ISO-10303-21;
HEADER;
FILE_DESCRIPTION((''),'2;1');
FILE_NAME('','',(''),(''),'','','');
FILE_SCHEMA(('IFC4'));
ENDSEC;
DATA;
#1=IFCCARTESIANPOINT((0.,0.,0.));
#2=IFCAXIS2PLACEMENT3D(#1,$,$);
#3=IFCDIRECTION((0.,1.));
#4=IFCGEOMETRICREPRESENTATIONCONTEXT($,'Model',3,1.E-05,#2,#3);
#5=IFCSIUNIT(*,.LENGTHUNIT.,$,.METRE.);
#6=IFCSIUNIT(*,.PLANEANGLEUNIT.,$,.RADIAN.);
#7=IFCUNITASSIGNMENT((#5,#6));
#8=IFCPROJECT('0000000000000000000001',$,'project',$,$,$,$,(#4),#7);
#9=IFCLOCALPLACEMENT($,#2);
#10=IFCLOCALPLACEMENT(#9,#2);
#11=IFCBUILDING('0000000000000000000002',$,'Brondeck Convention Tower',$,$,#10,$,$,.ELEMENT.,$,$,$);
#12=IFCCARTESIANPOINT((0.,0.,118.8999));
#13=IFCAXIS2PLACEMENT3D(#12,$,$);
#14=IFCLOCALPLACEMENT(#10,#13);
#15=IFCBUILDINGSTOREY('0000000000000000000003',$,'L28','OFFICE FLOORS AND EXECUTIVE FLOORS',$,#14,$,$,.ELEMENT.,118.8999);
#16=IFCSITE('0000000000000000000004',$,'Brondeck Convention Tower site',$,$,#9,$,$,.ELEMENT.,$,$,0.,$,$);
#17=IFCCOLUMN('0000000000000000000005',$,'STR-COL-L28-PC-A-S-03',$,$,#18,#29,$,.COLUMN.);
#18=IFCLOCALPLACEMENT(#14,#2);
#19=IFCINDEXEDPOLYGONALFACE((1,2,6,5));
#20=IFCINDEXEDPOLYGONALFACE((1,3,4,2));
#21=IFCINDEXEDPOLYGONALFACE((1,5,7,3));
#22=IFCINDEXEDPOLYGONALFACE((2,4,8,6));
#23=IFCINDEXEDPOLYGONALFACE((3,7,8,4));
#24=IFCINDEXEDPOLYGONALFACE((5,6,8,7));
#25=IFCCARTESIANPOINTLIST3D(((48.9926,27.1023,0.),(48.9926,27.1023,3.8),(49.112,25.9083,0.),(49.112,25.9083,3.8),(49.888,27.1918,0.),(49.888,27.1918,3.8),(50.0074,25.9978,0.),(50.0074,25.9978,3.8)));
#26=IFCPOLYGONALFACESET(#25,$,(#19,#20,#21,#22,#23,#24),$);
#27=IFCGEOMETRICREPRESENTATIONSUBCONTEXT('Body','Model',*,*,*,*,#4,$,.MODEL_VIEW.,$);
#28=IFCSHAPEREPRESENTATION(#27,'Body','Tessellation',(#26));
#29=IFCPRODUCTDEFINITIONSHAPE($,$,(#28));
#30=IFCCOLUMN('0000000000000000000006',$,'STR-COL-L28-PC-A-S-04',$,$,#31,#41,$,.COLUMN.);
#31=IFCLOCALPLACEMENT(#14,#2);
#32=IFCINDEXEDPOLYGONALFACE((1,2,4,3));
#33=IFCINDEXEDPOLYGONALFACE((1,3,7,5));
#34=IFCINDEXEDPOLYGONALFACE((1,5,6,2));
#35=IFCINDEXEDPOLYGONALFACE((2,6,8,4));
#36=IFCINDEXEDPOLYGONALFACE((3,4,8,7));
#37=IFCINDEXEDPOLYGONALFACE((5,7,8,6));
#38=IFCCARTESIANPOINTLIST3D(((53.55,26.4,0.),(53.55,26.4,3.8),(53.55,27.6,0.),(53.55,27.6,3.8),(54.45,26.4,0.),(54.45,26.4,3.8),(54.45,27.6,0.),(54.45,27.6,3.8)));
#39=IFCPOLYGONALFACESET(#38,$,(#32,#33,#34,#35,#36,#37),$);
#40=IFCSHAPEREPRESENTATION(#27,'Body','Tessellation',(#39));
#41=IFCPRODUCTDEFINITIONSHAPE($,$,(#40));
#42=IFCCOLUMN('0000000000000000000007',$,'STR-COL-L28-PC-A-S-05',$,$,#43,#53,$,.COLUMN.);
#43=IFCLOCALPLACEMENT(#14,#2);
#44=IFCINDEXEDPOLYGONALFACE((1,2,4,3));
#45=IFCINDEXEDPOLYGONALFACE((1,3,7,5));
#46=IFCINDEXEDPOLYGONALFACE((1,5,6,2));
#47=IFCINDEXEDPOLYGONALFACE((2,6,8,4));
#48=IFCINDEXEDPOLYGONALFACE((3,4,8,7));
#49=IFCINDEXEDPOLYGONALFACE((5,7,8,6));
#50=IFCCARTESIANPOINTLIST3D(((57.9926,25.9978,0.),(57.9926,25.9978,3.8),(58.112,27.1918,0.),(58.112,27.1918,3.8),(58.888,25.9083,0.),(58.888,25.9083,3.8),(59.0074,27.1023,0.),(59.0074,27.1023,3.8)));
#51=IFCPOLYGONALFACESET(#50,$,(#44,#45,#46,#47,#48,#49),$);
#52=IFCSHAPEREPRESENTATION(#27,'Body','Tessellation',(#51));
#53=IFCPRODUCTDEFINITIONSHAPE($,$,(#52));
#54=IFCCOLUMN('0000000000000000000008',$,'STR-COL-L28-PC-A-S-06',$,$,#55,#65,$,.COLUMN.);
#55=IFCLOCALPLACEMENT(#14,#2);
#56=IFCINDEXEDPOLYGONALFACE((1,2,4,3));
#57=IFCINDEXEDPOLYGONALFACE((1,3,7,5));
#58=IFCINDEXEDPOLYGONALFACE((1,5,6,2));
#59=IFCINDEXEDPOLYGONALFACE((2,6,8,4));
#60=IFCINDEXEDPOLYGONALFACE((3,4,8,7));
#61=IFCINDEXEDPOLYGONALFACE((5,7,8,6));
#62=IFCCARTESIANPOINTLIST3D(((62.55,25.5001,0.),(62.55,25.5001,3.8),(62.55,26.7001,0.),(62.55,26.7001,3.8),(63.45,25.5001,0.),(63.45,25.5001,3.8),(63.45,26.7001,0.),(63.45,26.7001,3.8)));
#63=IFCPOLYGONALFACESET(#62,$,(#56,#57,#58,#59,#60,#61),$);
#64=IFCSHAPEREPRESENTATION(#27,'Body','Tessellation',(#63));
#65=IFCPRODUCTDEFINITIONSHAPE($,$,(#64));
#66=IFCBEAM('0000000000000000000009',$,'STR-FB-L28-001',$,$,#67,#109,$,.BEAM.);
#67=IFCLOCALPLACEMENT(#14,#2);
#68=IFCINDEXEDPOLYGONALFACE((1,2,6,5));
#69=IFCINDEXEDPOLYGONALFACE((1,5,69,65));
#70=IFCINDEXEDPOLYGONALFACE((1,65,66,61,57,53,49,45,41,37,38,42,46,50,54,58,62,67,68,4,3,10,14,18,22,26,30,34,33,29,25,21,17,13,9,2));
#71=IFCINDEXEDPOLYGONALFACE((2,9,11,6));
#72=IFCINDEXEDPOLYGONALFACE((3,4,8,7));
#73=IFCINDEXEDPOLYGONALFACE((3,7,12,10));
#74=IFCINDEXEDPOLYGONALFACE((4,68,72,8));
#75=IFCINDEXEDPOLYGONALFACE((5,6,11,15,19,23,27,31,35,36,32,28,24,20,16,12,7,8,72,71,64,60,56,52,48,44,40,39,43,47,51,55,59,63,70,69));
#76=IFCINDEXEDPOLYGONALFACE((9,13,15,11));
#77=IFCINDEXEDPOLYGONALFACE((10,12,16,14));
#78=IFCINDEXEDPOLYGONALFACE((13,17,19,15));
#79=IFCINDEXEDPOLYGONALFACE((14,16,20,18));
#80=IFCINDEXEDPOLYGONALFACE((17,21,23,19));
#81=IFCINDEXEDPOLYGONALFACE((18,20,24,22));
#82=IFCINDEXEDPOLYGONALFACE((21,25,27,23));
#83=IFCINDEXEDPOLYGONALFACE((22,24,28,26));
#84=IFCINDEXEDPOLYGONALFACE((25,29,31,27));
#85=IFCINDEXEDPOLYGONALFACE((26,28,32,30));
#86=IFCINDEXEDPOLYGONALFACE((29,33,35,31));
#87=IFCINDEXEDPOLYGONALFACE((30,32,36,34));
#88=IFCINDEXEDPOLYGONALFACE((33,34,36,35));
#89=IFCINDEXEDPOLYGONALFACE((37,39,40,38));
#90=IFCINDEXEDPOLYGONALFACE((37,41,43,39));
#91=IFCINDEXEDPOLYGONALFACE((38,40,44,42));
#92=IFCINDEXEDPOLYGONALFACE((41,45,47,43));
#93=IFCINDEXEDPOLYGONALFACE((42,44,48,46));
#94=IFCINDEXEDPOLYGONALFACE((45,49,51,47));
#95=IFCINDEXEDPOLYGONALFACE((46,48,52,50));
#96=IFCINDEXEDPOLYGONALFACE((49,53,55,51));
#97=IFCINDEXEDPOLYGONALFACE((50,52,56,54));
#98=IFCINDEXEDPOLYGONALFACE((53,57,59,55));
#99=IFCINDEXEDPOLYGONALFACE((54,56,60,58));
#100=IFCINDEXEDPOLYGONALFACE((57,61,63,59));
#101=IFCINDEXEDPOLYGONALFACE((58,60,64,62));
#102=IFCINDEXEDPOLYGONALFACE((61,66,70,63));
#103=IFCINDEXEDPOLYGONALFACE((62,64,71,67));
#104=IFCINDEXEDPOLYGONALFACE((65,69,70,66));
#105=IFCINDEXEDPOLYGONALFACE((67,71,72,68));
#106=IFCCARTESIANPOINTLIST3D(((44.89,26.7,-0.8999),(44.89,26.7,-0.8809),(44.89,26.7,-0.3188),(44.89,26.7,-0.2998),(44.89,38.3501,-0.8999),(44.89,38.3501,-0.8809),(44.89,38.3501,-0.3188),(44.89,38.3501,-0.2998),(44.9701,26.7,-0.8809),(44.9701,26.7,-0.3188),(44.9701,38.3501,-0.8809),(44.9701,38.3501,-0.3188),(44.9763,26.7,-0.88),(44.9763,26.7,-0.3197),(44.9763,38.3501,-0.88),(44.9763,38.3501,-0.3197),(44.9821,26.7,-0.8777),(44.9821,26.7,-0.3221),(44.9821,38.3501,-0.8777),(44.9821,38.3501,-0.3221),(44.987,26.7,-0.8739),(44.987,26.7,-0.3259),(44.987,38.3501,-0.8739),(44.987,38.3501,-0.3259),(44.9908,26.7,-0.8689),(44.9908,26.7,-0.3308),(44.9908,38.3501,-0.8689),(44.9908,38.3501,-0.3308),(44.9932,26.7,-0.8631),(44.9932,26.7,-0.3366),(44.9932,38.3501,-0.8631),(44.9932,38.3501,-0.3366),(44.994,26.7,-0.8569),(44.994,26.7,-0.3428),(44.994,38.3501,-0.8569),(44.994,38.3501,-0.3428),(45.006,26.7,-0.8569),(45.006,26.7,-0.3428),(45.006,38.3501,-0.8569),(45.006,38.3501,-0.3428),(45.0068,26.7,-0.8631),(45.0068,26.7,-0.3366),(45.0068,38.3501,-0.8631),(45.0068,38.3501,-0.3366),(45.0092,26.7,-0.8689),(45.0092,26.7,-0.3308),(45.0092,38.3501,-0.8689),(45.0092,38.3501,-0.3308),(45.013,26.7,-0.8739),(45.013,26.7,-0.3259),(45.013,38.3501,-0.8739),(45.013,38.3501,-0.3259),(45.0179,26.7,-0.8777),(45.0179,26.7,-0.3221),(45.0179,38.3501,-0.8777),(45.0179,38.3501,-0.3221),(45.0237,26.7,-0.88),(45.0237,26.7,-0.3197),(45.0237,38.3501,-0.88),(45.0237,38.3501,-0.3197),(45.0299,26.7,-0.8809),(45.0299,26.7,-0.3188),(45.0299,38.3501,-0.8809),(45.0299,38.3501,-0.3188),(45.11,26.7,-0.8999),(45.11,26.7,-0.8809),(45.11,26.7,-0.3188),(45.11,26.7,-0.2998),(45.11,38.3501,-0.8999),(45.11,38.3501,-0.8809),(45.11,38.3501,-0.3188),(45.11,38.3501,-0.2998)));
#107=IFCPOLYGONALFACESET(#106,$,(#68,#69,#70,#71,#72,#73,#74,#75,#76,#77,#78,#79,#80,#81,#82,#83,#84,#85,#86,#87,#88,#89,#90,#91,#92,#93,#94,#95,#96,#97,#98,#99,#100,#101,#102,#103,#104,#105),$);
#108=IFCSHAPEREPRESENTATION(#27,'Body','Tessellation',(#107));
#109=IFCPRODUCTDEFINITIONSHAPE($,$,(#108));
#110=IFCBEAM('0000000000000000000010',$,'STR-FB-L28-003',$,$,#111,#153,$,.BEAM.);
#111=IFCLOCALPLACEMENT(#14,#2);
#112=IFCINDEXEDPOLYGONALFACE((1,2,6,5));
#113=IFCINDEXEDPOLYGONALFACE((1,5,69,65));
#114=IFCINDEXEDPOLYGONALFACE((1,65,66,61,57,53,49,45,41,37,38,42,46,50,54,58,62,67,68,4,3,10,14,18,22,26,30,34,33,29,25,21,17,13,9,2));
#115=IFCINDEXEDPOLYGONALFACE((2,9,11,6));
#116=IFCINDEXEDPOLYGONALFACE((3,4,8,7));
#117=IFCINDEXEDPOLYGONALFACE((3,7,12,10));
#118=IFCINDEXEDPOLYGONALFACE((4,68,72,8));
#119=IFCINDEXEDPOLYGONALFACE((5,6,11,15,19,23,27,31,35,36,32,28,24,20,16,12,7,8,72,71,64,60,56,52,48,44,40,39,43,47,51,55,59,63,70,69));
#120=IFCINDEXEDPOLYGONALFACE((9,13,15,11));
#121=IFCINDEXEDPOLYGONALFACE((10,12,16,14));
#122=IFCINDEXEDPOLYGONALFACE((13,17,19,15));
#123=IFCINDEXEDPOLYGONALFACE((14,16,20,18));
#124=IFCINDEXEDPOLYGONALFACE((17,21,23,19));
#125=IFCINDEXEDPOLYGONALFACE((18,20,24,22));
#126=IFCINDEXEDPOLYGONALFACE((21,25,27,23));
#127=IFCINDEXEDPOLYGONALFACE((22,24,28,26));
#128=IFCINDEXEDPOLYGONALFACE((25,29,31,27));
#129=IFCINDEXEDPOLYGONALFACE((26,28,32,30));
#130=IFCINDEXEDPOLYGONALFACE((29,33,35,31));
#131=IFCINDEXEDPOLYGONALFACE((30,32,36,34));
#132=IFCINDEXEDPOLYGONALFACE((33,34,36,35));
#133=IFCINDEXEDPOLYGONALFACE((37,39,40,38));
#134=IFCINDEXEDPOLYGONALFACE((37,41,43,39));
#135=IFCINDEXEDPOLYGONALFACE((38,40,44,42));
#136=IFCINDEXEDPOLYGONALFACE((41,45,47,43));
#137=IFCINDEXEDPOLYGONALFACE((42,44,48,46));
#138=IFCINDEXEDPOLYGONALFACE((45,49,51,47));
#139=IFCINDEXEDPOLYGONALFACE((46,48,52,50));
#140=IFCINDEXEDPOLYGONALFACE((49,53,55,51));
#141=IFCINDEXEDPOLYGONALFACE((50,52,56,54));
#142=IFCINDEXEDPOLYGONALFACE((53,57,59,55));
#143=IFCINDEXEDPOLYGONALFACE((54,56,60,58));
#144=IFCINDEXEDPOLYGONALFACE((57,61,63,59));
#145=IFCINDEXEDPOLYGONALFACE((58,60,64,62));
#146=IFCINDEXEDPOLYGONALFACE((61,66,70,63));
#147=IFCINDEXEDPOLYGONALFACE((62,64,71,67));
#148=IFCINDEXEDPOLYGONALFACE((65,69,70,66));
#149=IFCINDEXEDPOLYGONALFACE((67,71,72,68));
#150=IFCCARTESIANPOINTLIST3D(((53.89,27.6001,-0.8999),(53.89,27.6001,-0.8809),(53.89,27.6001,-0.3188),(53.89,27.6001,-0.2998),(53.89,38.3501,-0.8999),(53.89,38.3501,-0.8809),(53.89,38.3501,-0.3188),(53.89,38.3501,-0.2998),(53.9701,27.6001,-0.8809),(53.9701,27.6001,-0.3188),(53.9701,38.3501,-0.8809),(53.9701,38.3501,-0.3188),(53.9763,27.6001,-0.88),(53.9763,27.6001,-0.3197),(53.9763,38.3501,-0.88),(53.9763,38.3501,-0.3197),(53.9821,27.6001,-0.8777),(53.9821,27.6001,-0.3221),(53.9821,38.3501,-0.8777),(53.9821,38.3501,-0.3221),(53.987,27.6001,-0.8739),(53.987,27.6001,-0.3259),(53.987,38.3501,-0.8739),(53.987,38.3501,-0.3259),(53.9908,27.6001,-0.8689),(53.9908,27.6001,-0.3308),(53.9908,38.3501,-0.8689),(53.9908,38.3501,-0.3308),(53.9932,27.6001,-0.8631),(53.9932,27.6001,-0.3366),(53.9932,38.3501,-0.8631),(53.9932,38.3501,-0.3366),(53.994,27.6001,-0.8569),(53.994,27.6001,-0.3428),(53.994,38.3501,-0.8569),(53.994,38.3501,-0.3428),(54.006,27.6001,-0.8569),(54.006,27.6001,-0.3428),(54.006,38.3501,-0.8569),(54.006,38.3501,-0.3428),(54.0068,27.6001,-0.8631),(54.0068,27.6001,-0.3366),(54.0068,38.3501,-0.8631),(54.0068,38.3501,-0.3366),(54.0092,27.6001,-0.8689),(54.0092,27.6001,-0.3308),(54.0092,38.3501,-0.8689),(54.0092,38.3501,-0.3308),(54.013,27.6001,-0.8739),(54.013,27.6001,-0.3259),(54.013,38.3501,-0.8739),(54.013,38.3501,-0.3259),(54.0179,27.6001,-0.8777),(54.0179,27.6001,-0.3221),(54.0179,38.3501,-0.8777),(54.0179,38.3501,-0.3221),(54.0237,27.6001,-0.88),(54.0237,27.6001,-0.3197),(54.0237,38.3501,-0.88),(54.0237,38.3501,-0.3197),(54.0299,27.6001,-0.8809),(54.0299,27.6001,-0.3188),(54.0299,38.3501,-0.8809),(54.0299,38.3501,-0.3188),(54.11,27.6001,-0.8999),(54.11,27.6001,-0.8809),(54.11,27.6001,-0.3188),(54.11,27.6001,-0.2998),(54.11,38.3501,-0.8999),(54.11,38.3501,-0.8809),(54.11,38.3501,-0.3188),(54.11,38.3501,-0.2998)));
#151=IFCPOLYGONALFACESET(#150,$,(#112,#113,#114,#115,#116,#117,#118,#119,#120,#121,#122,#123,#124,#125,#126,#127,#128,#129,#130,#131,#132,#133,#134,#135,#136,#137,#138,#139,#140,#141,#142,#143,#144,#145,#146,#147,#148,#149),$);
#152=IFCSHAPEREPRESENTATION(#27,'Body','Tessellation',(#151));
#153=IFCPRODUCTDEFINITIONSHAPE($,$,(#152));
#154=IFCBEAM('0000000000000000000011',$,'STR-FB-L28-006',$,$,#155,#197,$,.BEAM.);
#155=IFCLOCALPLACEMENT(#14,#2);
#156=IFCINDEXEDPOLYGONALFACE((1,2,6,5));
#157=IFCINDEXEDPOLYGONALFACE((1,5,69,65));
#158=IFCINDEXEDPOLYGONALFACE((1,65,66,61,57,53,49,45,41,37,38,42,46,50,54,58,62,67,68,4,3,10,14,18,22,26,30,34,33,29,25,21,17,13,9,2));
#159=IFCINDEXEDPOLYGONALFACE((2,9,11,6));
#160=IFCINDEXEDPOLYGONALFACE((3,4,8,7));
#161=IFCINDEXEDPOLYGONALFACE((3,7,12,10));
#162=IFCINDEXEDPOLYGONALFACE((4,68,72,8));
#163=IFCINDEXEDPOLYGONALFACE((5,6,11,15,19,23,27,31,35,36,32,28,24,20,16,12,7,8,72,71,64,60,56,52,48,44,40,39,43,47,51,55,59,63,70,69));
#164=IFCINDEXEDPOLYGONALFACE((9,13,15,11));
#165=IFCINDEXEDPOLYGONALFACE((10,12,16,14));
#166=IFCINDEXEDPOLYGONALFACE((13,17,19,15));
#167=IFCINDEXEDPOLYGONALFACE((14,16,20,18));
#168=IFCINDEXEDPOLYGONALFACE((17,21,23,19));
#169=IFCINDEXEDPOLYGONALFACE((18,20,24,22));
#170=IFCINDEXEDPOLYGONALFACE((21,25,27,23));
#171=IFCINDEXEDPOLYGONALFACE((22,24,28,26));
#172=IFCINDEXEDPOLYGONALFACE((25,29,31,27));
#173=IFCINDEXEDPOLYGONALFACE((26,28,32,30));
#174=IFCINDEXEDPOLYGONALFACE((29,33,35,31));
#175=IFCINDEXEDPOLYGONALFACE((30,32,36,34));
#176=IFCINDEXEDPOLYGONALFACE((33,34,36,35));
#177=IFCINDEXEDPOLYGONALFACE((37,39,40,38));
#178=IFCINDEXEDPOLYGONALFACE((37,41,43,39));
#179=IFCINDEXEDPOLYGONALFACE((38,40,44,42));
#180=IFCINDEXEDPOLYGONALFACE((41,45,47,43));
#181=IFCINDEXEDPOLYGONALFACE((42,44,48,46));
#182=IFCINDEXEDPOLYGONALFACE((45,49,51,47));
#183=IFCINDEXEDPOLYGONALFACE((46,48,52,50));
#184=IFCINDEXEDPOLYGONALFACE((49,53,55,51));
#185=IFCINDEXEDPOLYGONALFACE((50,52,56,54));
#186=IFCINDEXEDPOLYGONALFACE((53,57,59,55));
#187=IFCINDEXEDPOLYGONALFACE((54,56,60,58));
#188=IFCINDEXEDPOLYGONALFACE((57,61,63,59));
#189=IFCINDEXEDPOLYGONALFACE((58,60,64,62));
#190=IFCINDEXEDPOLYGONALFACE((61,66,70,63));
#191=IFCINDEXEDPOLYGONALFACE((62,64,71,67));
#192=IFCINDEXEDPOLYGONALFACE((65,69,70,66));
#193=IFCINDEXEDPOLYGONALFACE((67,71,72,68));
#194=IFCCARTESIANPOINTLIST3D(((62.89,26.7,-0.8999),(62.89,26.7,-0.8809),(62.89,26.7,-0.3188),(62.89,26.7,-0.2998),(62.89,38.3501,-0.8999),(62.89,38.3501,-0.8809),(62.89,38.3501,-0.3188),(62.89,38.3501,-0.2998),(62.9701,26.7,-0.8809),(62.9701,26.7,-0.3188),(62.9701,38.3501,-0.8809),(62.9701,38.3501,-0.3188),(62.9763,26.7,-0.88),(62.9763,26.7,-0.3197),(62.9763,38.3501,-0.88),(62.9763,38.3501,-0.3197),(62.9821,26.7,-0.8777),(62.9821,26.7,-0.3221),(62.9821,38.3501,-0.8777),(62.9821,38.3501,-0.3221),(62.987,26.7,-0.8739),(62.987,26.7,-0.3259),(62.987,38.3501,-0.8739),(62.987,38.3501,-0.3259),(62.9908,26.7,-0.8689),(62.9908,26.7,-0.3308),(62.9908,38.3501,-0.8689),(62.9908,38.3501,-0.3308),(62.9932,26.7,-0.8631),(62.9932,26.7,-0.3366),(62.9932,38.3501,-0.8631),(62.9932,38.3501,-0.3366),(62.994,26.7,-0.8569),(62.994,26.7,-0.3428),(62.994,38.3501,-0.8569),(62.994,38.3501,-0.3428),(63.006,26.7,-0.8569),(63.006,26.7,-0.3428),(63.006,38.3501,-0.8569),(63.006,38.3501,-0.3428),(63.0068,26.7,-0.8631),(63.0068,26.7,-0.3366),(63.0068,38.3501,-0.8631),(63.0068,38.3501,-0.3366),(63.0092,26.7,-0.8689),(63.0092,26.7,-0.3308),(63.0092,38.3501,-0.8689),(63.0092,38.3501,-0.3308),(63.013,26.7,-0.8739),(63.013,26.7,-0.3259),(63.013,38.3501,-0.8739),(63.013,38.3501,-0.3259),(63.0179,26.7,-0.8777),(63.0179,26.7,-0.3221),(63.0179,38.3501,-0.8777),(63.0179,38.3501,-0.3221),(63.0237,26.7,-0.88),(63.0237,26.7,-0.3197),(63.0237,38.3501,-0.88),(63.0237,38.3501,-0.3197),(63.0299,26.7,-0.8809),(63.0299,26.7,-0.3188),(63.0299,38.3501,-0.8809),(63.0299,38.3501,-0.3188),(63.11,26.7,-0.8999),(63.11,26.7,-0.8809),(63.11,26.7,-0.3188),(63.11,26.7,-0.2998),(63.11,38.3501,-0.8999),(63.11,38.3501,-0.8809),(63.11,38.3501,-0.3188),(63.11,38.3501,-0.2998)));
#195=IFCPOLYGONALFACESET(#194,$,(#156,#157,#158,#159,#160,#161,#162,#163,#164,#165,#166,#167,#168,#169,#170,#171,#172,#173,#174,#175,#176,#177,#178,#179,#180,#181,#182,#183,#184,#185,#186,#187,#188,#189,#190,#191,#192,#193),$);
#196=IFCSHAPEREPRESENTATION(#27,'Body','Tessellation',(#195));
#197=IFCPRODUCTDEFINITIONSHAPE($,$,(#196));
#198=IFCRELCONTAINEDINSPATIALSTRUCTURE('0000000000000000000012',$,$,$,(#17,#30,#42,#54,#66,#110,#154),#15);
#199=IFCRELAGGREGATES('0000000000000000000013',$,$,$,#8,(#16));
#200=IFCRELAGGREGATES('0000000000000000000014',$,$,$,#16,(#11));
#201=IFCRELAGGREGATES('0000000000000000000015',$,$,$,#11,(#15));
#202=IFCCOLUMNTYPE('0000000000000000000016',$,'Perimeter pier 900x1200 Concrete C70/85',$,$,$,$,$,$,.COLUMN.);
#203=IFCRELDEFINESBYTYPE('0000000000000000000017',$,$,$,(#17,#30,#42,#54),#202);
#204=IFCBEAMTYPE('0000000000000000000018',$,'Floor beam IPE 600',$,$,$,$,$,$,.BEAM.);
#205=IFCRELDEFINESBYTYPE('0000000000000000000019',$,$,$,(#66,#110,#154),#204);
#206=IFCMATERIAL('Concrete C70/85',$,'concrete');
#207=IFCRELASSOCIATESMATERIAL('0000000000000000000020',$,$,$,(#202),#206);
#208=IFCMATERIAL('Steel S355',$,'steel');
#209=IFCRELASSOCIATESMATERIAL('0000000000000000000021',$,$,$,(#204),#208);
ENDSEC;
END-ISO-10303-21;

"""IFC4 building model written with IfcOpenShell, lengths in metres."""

from ifc_helpers import new_model, si_unit, direction, frame, origin, origin_2d, place, context, subcontext, project, spatial, rectangle, i_section, extrude, material, material_profile, profile_set, type_object, element, save


model = new_model("IFC4")

# Units and contexts
model_context = context("Model", 3, precision=1e-05, world=origin(), true_north=direction((0.0, 1.0)))
body_context = subcontext(model_context, "Body", "Model", "MODEL_VIEW")
ifc_project = project(units=[si_unit("LENGTHUNIT", "METRE"), si_unit("PLANEANGLEUNIT", "RADIAN")], contexts=[model_context])

# Site, building, storey
site_placement = place(None, origin())
site = spatial("IfcSite", under=ifc_project, at=site_placement, Name="Brondeck Convention Tower site", CompositionType="ELEMENT", RefElevation=0.0)
building_placement = place(site_placement, origin())
building = spatial("IfcBuilding", under=site, at=building_placement, Name="Brondeck Convention Tower", CompositionType="ELEMENT")
storey_placement = place(building_placement, frame((0.0, 0.0, 118.8999)))
storey = spatial("IfcBuildingStorey", under=building, at=storey_placement, Name="L28", Description="OFFICE FLOORS AND EXECUTIVE FLOORS", CompositionType="ELEMENT", Elevation=118.8999)

# Columns
ifc_material_1 = material(Name="Concrete C70/85", Category="concrete")
ifc_material_profile_1 = material_profile(ifc_material_1, rectangle(XDim=0.8999, YDim=1.2, at=origin_2d()), Name="Perimeter pier 900x1200 Concrete C70/85")
ifc_profile_set_1 = profile_set([ifc_material_profile_1], Name="Concrete C70/85")
column_type = type_object("IfcColumnType", Name="Perimeter pier 900x1200 Concrete C70/85", PredefinedType="COLUMN", material=ifc_profile_set_1)
for number, where, z_axis, x_axis, name in (
    (1, (49.5, 26.55, 0.0), (0.0, 0.0, 1.0), (0.995037, 0.099504, 0.0), "STR-COL-L28-PC-A-S-03"),
    (2, (54.0, 27.0, 0.0), (0.0, 0.0, 1.0), (1.0, 0.0, 0.0), "STR-COL-L28-PC-A-S-04"),
    (3, (58.5, 26.55, 0.0), (0.0, 0.0, 1.0), (0.995037, -0.099504, 0.0), "STR-COL-L28-PC-A-S-05"),
    (4, (63.0, 26.1001, 0.0), (0.0, 0.0, 1.0), (1.0, 0.0, 0.0), "STR-COL-L28-PC-A-S-06"),
):
    element("IfcColumn", number, at=place(storey_placement, frame(where, z_axis=z_axis, x_axis=x_axis)), inside=storey, type_object=column_type, Name=name, PredefinedType="COLUMN", context=body_context, shape_type="SweptSolid", body=[
        extrude(rectangle(XDim=0.8999, YDim=1.2, at=origin_2d()), origin(), (0.0, 0.0, 1.0), 3.8),
    ])

# Beams
ifc_material_2 = material(Name="Steel S355", Category="steel")
ifc_material_profile_2 = material_profile(ifc_material_2, i_section(OverallWidth=0.22, OverallDepth=0.6001, WebThickness=0.012, FlangeThickness=0.019, FilletRadius=0.0239, at=origin_2d()), Name="IPE 600")
ifc_profile_set_2 = profile_set([ifc_material_profile_2], Name="Steel S355")
beam_type_1 = type_object("IfcBeamType", Name="Floor beam IPE 600", PredefinedType="BEAM", material=ifc_profile_set_2)
beam_1_placement = place(storey_placement, frame((45.0, 26.7, -0.5999), z_axis=(0.0, 1.0, 0.0), x_axis=(-1.0, 0.0, 0.0)))
element("IfcBeam", 5, at=beam_1_placement, inside=storey, type_object=beam_type_1, Name="STR-FB-L28-001", PredefinedType="BEAM", context=body_context, shape_type="SweptSolid", body=[
    extrude(i_section(OverallWidth=0.22, OverallDepth=0.6001, WebThickness=0.012, FlangeThickness=0.019, FilletRadius=0.0239, at=origin_2d()), origin(), (0.0, 0.0, 1.0), 11.6501),
])
beam_2_placement = place(storey_placement, frame((54.0, 27.6001, -0.5999), z_axis=(0.0, 1.0, 0.0), x_axis=(-1.0, 0.0, 0.0)))
element("IfcBeam", 6, at=beam_2_placement, inside=storey, type_object=beam_type_1, Name="STR-FB-L28-003", PredefinedType="BEAM", context=body_context, shape_type="SweptSolid", body=[
    extrude(i_section(OverallWidth=0.22, OverallDepth=0.6001, WebThickness=0.012, FlangeThickness=0.019, FilletRadius=0.0239, at=origin_2d()), origin(), (0.0, 0.0, 1.0), 10.75),
])
beam_3_placement = place(storey_placement, frame((63.0, 26.7, -0.5999), z_axis=(0.0, 1.0, 0.0), x_axis=(-1.0, 0.0, 0.0)))
element("IfcBeam", 7, at=beam_3_placement, inside=storey, type_object=beam_type_1, Name="STR-FB-L28-006", PredefinedType="BEAM", context=body_context, shape_type="SweptSolid", body=[
    extrude(i_section(OverallWidth=0.22, OverallDepth=0.6001, WebThickness=0.012, FlangeThickness=0.019, FilletRadius=0.0239, at=origin_2d()), origin(), (0.0, 0.0, 1.0), 11.6501),
])

save(model, "model.ifc")
